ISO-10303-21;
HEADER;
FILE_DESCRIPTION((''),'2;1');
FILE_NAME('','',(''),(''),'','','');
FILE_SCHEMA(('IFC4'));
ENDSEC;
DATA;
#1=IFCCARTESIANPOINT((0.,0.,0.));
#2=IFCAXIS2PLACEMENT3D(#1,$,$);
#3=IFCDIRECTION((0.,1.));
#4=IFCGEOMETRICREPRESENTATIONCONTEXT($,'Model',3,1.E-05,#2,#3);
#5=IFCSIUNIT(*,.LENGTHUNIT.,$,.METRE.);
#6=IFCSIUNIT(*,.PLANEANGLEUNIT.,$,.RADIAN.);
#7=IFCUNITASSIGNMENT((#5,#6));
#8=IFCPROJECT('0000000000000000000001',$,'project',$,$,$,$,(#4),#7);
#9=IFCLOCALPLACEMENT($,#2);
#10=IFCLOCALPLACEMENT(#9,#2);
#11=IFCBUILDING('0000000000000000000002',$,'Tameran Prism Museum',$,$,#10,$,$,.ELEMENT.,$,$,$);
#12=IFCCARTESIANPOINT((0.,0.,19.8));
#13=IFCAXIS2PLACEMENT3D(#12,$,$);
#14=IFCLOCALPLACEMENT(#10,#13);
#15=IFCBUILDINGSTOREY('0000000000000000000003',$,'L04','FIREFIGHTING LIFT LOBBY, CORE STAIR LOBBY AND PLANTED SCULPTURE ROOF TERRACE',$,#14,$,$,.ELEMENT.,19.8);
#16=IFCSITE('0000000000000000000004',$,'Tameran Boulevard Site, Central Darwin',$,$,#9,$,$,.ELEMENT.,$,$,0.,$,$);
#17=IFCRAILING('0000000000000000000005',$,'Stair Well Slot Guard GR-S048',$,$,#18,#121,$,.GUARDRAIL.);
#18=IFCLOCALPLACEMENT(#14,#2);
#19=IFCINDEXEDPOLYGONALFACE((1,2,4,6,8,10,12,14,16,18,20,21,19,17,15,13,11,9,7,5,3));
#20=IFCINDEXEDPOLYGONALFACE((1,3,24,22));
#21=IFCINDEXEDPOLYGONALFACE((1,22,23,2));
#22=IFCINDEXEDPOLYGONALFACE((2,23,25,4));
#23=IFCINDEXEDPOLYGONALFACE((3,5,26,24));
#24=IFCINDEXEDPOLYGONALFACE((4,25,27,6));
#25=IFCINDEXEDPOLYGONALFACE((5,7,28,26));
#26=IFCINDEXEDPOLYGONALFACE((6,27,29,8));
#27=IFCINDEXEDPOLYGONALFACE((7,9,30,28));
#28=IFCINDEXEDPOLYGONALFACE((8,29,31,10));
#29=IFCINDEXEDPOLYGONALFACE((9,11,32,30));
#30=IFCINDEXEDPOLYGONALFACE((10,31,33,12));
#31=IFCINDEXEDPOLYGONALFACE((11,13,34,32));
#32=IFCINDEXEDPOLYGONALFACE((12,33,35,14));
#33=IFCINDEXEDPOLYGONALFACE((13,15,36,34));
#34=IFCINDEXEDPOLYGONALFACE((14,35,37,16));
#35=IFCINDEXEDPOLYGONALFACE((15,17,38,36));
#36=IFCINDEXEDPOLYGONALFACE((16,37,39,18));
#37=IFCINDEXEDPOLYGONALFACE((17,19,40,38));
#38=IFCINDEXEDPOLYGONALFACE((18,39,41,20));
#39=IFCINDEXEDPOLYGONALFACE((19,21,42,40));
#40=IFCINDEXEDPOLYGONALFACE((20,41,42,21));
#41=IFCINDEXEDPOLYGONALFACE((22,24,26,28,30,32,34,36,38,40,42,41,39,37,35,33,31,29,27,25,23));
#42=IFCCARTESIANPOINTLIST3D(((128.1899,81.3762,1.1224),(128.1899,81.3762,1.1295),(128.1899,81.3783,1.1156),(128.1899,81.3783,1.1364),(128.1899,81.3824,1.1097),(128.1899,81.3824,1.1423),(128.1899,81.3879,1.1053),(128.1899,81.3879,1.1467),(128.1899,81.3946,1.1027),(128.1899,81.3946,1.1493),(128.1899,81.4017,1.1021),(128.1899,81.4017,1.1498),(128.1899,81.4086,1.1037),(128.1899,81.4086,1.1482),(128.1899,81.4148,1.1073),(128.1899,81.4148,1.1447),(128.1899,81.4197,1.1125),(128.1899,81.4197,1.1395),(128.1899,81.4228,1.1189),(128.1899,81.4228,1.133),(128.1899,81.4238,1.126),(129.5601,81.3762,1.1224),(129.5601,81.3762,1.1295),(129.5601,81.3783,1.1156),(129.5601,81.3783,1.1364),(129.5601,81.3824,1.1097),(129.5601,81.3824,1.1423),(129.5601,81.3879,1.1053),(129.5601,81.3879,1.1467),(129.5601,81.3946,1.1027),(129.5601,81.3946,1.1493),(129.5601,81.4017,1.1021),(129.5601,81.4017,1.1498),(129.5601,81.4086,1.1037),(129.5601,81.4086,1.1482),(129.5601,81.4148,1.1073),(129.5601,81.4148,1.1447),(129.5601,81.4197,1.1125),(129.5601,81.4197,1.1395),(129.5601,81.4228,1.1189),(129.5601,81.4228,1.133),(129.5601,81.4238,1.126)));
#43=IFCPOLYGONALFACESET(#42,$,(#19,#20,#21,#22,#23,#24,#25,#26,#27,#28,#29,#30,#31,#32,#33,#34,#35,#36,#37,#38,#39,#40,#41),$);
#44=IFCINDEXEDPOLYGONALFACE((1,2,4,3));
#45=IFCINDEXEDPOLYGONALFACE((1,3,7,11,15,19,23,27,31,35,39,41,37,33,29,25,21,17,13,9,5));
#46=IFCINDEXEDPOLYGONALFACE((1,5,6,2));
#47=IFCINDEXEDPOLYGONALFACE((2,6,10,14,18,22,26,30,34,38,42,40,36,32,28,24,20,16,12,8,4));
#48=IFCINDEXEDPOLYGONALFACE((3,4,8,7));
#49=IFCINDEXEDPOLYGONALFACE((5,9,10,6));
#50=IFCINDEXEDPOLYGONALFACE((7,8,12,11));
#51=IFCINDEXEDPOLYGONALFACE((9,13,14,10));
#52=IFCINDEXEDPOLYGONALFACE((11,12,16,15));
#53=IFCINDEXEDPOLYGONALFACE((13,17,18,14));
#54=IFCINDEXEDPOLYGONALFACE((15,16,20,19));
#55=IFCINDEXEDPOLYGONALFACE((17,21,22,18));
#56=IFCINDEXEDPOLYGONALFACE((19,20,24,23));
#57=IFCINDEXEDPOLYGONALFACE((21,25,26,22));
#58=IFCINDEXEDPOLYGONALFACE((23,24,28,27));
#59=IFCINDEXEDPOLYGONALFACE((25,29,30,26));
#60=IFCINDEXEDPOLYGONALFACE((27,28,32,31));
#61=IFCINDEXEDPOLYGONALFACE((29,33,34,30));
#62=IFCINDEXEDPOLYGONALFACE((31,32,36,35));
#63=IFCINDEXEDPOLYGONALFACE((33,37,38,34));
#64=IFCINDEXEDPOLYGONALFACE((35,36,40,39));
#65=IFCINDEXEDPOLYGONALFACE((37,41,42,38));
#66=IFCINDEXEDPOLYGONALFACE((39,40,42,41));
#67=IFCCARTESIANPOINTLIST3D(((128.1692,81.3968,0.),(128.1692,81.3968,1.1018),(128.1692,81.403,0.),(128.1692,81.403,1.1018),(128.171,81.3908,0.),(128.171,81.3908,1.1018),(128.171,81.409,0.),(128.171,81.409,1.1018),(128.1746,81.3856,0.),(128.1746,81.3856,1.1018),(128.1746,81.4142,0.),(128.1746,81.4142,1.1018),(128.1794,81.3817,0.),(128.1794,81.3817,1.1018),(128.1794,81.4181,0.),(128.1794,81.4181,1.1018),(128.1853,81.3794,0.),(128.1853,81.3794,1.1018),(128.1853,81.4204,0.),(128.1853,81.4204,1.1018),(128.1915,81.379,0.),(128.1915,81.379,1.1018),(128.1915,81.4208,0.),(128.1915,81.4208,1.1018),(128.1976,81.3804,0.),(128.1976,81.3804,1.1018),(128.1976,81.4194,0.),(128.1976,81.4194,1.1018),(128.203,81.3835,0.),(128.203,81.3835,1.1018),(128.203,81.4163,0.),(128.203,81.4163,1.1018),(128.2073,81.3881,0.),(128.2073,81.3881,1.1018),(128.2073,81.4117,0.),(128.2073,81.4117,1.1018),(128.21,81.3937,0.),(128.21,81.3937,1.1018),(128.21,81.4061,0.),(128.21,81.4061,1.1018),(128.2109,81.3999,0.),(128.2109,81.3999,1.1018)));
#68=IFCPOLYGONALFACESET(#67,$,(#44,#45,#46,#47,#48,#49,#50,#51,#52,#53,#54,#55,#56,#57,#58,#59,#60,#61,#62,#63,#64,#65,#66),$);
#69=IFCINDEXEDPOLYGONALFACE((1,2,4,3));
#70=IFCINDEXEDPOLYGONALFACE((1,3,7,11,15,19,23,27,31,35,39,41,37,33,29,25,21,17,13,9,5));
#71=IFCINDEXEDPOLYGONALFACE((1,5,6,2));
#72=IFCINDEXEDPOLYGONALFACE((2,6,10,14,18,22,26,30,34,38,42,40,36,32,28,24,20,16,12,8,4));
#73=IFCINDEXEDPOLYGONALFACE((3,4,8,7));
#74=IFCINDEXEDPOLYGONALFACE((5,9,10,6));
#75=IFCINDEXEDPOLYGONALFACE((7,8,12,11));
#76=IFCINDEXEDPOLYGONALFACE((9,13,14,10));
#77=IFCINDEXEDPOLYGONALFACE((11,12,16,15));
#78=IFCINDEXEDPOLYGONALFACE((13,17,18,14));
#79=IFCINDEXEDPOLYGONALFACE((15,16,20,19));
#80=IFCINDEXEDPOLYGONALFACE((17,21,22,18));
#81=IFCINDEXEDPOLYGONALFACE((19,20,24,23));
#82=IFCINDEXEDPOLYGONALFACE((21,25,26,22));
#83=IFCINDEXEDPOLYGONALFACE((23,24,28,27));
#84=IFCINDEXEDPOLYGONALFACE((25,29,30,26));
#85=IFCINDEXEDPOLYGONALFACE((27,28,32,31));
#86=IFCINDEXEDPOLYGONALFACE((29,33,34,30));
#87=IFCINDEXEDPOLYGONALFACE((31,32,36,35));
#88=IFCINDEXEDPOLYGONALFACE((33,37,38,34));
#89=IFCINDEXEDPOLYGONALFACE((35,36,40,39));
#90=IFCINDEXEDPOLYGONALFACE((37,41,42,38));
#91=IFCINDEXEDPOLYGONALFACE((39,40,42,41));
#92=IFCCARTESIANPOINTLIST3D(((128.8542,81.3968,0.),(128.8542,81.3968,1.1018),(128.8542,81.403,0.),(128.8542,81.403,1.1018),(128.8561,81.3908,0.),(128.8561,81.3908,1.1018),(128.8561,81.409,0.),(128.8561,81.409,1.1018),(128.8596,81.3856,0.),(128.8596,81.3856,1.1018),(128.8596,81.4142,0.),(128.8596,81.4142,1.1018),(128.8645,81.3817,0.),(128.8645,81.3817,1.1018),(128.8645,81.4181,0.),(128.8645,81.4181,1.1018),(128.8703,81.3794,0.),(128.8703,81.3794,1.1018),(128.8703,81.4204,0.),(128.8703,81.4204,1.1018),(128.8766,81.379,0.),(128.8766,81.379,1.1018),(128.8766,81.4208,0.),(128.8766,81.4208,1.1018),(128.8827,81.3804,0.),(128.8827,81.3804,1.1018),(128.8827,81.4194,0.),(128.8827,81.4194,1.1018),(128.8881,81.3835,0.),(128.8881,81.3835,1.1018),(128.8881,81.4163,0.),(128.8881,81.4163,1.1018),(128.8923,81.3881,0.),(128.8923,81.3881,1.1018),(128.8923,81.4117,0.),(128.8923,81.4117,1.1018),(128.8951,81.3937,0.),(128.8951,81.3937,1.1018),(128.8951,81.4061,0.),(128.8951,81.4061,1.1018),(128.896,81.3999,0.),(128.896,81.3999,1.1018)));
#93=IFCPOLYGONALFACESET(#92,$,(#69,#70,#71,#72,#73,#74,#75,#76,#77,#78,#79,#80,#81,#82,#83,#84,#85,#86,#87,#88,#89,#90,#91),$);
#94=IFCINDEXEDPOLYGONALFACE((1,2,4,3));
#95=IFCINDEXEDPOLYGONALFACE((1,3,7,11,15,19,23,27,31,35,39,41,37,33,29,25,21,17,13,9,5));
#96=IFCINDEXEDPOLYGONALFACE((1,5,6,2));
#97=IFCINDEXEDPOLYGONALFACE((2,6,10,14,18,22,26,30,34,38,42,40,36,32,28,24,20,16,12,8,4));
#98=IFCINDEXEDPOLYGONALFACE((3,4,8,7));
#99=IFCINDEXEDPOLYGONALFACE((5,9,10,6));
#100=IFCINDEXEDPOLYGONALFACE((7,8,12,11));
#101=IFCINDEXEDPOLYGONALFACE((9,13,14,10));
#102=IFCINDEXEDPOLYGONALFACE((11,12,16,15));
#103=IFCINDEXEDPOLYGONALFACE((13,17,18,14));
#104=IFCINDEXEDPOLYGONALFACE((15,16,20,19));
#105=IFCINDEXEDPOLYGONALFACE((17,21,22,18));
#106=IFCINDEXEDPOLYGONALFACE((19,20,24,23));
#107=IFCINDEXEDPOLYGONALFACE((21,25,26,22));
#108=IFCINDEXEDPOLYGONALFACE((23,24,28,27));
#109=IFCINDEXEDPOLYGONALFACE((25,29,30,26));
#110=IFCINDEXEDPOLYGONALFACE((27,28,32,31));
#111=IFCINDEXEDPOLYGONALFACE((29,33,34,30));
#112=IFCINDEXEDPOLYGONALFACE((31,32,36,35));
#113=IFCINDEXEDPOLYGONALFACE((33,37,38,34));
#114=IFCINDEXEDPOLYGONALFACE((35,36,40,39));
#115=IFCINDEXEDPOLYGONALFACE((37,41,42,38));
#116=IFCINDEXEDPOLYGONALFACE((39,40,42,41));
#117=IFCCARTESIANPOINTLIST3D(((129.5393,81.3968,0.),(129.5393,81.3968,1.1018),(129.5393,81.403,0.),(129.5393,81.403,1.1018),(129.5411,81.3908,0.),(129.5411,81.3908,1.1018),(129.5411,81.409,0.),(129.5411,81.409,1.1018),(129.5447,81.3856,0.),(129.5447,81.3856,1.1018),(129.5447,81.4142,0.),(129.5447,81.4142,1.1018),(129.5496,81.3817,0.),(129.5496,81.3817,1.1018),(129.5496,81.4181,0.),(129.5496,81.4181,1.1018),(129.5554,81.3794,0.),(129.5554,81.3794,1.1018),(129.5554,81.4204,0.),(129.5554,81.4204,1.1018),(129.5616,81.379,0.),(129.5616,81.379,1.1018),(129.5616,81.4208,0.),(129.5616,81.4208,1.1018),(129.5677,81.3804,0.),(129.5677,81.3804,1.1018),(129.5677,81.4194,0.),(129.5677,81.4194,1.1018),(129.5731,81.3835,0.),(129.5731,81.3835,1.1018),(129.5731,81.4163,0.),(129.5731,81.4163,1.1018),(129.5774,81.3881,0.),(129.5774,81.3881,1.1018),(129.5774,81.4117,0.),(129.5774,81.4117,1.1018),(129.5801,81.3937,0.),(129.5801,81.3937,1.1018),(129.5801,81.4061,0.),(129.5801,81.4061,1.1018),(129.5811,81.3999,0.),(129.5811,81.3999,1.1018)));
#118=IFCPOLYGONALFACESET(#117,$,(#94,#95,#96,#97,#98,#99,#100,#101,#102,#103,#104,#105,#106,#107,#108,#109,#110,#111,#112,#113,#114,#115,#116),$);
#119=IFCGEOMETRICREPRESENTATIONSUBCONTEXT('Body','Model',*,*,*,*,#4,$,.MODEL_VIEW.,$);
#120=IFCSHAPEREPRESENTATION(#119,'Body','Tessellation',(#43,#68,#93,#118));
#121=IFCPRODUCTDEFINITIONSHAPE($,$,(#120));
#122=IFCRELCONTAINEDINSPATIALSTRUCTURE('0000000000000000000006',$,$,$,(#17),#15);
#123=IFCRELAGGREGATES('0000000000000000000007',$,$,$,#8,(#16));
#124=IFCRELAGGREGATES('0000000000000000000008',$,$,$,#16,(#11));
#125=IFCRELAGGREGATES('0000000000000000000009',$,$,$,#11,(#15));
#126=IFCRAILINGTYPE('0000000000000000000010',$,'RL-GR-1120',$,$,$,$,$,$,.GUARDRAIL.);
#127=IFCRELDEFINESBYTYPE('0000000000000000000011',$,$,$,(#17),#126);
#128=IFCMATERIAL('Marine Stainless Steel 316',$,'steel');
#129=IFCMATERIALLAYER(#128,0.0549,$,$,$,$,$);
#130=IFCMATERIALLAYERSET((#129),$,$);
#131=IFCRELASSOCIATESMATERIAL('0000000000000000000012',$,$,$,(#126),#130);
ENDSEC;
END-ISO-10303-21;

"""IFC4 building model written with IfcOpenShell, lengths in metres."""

from ifc_helpers import new_model, si_unit, direction, frame, origin, origin_2d, place, context, subcontext, project, spatial, circle, extrude, material, layer, layer_set, type_object, element, save


model = new_model("IFC4")

# Units and contexts
model_context = context("Model", 3, precision=1e-05, world=origin(), true_north=direction((0.0, 1.0)))
body_context = subcontext(model_context, "Body", "Model", "MODEL_VIEW")
ifc_project = project(units=[si_unit("LENGTHUNIT", "METRE"), si_unit("PLANEANGLEUNIT", "RADIAN")], contexts=[model_context])

# Site, building, storey
site_placement = place(None, origin())
site = spatial("IfcSite", under=ifc_project, at=site_placement, Name="Tameran Boulevard Site, Central Darwin", CompositionType="ELEMENT", RefElevation=0.0)
building_placement = place(site_placement, origin())
building = spatial("IfcBuilding", under=site, at=building_placement, Name="Tameran Prism Museum", CompositionType="ELEMENT")
storey_placement = place(building_placement, frame((0.0, 0.0, 19.8)))
storey = spatial("IfcBuildingStorey", under=building, at=storey_placement, Name="L04", Description="FIREFIGHTING LIFT LOBBY, CORE STAIR LOBBY AND PLANTED SCULPTURE ROOF TERRACE", CompositionType="ELEMENT", Elevation=19.8)

# Railing
ifc_material_1 = material(Name="Marine Stainless Steel 316", Category="steel")
ifc_layer_1 = layer(ifc_material_1, 0.0549)
ifc_layer_set_1 = layer_set([ifc_layer_1])
railing_type_1 = type_object("IfcRailingType", Name="RL-GR-1120", PredefinedType="GUARDRAIL", material=ifc_layer_set_1)
railing_1_placement = place(storey_placement, frame((128.1899, 81.3999, 0.0)))
element("IfcRailing", 1, at=railing_1_placement, inside=storey, type_object=railing_type_1, Name="Stair Well Slot Guard GR-S048", PredefinedType="GUARDRAIL", context=body_context, shape_type="SweptSolid", body=[
    extrude(circle(Radius=0.0239, at=origin_2d()), frame((0.0, 0.0, 1.126), z_axis=(1.0, 0.0, 0.0), x_axis=(0.0, 1.0, 0.0)), (0.0, 0.0, 1.0), 1.3701),
    extrude(circle(Radius=0.021, at=origin_2d()), origin(), (0.0, 0.0, 1.0), 1.1018),
    extrude(circle(Radius=0.021, at=origin_2d()), frame((0.6851, 0.0, 0.0)), (0.0, 0.0, 1.0), 1.1018),
    extrude(circle(Radius=0.021, at=origin_2d()), frame((1.3701, 0.0, 0.0)), (0.0, 0.0, 1.0), 1.1018),
])

save(model, "model.ifc")
